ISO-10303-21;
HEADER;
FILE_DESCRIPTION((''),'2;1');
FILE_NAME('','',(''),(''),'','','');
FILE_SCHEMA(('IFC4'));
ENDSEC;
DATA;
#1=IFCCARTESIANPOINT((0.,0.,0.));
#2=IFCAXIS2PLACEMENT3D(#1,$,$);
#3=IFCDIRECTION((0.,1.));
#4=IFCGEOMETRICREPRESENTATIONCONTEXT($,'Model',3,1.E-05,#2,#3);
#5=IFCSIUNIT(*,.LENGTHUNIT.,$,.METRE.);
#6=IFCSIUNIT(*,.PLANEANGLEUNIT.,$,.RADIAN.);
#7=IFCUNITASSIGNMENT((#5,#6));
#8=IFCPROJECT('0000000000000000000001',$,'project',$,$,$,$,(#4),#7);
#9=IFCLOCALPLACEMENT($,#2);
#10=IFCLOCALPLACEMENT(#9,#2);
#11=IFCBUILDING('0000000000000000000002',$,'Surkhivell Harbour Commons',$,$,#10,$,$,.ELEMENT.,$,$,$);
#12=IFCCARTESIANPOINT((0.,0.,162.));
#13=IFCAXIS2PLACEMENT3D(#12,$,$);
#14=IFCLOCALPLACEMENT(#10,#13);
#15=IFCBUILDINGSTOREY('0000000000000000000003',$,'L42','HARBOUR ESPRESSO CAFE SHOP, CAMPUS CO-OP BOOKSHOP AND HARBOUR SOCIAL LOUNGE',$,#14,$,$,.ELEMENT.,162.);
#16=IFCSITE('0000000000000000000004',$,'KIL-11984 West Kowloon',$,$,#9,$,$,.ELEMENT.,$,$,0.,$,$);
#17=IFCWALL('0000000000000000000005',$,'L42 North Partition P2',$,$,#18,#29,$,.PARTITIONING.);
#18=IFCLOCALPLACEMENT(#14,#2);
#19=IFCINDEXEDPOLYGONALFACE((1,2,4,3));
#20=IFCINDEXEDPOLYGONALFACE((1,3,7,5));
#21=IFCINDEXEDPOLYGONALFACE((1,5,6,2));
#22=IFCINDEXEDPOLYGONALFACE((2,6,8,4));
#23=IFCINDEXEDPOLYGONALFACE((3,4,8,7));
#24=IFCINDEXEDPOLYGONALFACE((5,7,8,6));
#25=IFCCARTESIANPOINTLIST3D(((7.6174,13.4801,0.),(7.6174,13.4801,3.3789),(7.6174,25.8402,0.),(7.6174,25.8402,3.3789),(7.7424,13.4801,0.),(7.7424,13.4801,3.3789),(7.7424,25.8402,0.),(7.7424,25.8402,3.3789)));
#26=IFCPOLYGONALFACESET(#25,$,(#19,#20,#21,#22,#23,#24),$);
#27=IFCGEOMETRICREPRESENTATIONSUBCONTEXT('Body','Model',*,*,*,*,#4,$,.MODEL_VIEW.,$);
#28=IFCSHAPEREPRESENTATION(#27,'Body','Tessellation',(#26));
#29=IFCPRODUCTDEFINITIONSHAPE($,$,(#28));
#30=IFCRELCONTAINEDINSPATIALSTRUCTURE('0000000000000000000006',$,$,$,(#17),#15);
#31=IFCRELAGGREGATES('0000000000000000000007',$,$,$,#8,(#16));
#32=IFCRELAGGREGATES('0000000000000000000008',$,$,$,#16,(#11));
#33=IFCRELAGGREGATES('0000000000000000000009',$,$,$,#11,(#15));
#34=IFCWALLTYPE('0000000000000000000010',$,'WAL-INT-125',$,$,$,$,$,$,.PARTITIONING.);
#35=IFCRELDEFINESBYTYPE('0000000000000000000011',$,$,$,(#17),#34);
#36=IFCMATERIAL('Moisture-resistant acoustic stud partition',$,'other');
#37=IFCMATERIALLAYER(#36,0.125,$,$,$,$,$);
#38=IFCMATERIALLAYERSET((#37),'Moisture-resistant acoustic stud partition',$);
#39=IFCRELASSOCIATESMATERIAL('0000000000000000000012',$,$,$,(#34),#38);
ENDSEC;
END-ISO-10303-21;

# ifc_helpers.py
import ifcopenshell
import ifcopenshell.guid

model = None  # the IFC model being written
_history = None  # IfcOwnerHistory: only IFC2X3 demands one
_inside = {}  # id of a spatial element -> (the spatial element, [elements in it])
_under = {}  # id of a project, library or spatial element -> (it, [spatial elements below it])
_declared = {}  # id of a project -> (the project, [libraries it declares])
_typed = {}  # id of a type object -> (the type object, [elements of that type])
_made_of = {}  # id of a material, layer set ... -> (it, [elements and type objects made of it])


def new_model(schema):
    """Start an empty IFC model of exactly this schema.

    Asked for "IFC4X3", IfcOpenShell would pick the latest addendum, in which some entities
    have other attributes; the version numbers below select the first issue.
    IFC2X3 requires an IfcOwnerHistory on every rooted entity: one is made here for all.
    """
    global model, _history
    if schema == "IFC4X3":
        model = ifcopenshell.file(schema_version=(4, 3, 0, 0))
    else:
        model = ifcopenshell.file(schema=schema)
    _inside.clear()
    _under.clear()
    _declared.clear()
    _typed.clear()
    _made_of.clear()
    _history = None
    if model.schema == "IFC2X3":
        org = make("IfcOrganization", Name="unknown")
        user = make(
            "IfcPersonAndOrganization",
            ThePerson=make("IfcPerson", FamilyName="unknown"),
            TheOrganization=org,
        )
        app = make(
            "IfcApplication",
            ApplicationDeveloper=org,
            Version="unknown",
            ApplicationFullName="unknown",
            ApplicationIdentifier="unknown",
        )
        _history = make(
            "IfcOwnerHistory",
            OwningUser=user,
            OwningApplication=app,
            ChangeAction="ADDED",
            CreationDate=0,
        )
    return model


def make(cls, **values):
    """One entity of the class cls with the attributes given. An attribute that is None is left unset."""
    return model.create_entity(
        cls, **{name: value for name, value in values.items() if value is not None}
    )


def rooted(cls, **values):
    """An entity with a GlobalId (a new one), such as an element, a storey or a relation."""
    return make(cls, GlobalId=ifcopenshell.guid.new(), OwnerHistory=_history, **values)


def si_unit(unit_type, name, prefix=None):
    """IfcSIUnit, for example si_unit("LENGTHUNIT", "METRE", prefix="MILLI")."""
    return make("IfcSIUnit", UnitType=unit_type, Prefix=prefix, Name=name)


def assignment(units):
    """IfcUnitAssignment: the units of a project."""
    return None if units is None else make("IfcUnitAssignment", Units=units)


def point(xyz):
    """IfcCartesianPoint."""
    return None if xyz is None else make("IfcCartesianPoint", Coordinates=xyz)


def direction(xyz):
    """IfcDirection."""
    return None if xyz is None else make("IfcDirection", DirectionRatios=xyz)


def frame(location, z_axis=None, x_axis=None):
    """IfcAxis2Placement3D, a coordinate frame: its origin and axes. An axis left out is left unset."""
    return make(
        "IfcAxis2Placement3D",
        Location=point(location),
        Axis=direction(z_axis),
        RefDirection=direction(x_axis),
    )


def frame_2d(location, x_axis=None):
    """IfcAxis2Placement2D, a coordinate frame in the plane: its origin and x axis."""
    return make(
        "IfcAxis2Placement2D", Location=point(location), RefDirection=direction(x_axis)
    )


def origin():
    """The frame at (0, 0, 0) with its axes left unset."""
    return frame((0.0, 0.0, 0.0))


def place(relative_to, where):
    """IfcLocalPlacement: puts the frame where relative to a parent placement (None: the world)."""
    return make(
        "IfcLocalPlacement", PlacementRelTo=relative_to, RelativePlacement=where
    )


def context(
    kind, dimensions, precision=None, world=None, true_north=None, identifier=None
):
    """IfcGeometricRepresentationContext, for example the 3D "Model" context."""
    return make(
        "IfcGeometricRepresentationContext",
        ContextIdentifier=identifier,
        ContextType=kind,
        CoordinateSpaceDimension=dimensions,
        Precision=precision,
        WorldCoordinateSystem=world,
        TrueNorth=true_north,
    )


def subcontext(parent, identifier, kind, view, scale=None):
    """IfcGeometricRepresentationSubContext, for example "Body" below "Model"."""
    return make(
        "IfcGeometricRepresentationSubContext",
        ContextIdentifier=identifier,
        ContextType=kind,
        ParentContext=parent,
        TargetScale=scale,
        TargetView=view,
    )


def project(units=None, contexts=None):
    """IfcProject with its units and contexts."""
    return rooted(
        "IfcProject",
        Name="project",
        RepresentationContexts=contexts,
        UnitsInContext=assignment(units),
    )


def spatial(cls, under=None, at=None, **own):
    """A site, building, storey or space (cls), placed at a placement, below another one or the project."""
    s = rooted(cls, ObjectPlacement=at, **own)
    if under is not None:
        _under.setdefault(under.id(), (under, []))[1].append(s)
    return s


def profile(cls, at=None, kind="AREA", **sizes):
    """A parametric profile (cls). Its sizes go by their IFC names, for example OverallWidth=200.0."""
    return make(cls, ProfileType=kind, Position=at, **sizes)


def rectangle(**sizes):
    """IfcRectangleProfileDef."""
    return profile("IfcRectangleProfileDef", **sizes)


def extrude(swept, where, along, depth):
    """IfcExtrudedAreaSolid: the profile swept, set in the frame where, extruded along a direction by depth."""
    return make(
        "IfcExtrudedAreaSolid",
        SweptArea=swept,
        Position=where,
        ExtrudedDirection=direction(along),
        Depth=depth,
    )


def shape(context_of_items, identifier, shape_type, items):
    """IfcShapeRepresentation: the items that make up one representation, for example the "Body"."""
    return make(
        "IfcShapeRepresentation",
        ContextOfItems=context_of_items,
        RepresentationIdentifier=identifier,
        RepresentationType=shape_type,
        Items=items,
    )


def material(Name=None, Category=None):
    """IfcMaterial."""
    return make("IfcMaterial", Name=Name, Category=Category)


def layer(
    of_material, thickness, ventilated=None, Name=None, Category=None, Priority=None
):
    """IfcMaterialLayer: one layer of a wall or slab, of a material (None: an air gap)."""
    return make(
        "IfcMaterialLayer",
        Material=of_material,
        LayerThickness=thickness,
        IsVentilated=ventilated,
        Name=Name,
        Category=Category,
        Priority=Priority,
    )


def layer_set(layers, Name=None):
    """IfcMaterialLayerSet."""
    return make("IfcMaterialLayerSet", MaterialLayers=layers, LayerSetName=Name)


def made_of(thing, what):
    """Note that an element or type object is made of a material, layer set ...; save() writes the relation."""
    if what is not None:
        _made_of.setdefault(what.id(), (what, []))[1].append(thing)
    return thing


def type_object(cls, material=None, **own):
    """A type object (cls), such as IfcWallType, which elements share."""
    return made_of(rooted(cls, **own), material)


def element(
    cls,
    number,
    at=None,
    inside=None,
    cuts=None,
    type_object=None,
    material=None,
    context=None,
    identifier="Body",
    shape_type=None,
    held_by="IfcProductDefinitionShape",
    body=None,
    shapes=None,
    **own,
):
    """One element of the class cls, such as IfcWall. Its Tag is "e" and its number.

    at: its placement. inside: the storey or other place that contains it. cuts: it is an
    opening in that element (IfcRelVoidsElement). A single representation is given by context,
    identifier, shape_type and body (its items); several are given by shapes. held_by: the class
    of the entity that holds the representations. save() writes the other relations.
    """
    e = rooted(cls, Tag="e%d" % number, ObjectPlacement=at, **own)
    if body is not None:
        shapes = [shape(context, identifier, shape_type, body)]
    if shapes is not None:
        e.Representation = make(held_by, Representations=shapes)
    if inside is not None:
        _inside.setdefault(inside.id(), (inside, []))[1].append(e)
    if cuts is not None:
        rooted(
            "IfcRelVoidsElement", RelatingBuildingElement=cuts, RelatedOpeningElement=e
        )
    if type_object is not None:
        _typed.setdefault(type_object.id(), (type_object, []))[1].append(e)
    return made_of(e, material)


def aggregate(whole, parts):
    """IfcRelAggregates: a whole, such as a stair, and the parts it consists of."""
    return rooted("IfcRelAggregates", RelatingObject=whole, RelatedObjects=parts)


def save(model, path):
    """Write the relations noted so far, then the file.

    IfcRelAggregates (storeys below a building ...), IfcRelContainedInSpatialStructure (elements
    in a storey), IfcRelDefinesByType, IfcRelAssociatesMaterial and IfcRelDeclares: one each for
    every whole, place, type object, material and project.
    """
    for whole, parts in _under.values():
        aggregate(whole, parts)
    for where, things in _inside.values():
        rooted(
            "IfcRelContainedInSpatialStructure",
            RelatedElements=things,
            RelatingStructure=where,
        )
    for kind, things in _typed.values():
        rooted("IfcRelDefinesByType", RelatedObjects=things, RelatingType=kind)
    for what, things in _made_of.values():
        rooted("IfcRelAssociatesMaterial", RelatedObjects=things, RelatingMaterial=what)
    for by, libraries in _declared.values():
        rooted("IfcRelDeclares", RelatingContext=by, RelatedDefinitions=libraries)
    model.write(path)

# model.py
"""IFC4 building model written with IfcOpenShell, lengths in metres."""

from ifc_helpers import new_model, si_unit, direction, frame, frame_2d, origin, place, context, subcontext, project, spatial, rectangle, extrude, material, layer, layer_set, type_object, element, save


model = new_model("IFC4")

# Units and contexts
model_context = context("Model", 3, precision=1e-05, world=origin(), true_north=direction((0.0, 1.0)))
body_context = subcontext(model_context, "Body", "Model", "MODEL_VIEW")
ifc_project = project(units=[si_unit("LENGTHUNIT", "METRE"), si_unit("PLANEANGLEUNIT", "RADIAN")], contexts=[model_context])

# Site, building, storey
site_placement = place(None, origin())
site = spatial("IfcSite", under=ifc_project, at=site_placement, Name="KIL-11984 West Kowloon", CompositionType="ELEMENT", RefElevation=0.0)
building_placement = place(site_placement, origin())
building = spatial("IfcBuilding", under=site, at=building_placement, Name="Surkhivell Harbour Commons", CompositionType="ELEMENT")
storey_placement = place(building_placement, frame((0.0, 0.0, 162.0)))
storey = spatial("IfcBuildingStorey", under=building, at=storey_placement, Name="L42", Description="HARBOUR ESPRESSO CAFE SHOP, CAMPUS CO-OP BOOKSHOP AND HARBOUR SOCIAL LOUNGE", CompositionType="ELEMENT", Elevation=162.0)

# Wall
ifc_material_1 = material(Name="Moisture-resistant acoustic stud partition", Category="other")
ifc_layer_1 = layer(ifc_material_1, 0.125)
ifc_layer_set_1 = layer_set([ifc_layer_1], Name="Moisture-resistant acoustic stud partition")
wall_type_1 = type_object("IfcWallType", Name="WAL-INT-125", PredefinedType="PARTITIONING", material=ifc_layer_set_1)
wall_placement = place(storey_placement, frame((7.6799, 13.48, 0.0), z_axis=(0.0, 0.0, 1.0), x_axis=(0.0, 1.0, 0.0)))
element("IfcWall", 1, at=wall_placement, inside=storey, type_object=wall_type_1, Name="L42 North Partition P2", PredefinedType="PARTITIONING", context=body_context, shape_type="SweptSolid", body=[
    extrude(rectangle(XDim=12.3601, YDim=0.125, at=frame_2d((6.1802, 0.0))), origin(), (0.0, 0.0, 1.0), 3.3789),
])

save(model, "model.ifc")
